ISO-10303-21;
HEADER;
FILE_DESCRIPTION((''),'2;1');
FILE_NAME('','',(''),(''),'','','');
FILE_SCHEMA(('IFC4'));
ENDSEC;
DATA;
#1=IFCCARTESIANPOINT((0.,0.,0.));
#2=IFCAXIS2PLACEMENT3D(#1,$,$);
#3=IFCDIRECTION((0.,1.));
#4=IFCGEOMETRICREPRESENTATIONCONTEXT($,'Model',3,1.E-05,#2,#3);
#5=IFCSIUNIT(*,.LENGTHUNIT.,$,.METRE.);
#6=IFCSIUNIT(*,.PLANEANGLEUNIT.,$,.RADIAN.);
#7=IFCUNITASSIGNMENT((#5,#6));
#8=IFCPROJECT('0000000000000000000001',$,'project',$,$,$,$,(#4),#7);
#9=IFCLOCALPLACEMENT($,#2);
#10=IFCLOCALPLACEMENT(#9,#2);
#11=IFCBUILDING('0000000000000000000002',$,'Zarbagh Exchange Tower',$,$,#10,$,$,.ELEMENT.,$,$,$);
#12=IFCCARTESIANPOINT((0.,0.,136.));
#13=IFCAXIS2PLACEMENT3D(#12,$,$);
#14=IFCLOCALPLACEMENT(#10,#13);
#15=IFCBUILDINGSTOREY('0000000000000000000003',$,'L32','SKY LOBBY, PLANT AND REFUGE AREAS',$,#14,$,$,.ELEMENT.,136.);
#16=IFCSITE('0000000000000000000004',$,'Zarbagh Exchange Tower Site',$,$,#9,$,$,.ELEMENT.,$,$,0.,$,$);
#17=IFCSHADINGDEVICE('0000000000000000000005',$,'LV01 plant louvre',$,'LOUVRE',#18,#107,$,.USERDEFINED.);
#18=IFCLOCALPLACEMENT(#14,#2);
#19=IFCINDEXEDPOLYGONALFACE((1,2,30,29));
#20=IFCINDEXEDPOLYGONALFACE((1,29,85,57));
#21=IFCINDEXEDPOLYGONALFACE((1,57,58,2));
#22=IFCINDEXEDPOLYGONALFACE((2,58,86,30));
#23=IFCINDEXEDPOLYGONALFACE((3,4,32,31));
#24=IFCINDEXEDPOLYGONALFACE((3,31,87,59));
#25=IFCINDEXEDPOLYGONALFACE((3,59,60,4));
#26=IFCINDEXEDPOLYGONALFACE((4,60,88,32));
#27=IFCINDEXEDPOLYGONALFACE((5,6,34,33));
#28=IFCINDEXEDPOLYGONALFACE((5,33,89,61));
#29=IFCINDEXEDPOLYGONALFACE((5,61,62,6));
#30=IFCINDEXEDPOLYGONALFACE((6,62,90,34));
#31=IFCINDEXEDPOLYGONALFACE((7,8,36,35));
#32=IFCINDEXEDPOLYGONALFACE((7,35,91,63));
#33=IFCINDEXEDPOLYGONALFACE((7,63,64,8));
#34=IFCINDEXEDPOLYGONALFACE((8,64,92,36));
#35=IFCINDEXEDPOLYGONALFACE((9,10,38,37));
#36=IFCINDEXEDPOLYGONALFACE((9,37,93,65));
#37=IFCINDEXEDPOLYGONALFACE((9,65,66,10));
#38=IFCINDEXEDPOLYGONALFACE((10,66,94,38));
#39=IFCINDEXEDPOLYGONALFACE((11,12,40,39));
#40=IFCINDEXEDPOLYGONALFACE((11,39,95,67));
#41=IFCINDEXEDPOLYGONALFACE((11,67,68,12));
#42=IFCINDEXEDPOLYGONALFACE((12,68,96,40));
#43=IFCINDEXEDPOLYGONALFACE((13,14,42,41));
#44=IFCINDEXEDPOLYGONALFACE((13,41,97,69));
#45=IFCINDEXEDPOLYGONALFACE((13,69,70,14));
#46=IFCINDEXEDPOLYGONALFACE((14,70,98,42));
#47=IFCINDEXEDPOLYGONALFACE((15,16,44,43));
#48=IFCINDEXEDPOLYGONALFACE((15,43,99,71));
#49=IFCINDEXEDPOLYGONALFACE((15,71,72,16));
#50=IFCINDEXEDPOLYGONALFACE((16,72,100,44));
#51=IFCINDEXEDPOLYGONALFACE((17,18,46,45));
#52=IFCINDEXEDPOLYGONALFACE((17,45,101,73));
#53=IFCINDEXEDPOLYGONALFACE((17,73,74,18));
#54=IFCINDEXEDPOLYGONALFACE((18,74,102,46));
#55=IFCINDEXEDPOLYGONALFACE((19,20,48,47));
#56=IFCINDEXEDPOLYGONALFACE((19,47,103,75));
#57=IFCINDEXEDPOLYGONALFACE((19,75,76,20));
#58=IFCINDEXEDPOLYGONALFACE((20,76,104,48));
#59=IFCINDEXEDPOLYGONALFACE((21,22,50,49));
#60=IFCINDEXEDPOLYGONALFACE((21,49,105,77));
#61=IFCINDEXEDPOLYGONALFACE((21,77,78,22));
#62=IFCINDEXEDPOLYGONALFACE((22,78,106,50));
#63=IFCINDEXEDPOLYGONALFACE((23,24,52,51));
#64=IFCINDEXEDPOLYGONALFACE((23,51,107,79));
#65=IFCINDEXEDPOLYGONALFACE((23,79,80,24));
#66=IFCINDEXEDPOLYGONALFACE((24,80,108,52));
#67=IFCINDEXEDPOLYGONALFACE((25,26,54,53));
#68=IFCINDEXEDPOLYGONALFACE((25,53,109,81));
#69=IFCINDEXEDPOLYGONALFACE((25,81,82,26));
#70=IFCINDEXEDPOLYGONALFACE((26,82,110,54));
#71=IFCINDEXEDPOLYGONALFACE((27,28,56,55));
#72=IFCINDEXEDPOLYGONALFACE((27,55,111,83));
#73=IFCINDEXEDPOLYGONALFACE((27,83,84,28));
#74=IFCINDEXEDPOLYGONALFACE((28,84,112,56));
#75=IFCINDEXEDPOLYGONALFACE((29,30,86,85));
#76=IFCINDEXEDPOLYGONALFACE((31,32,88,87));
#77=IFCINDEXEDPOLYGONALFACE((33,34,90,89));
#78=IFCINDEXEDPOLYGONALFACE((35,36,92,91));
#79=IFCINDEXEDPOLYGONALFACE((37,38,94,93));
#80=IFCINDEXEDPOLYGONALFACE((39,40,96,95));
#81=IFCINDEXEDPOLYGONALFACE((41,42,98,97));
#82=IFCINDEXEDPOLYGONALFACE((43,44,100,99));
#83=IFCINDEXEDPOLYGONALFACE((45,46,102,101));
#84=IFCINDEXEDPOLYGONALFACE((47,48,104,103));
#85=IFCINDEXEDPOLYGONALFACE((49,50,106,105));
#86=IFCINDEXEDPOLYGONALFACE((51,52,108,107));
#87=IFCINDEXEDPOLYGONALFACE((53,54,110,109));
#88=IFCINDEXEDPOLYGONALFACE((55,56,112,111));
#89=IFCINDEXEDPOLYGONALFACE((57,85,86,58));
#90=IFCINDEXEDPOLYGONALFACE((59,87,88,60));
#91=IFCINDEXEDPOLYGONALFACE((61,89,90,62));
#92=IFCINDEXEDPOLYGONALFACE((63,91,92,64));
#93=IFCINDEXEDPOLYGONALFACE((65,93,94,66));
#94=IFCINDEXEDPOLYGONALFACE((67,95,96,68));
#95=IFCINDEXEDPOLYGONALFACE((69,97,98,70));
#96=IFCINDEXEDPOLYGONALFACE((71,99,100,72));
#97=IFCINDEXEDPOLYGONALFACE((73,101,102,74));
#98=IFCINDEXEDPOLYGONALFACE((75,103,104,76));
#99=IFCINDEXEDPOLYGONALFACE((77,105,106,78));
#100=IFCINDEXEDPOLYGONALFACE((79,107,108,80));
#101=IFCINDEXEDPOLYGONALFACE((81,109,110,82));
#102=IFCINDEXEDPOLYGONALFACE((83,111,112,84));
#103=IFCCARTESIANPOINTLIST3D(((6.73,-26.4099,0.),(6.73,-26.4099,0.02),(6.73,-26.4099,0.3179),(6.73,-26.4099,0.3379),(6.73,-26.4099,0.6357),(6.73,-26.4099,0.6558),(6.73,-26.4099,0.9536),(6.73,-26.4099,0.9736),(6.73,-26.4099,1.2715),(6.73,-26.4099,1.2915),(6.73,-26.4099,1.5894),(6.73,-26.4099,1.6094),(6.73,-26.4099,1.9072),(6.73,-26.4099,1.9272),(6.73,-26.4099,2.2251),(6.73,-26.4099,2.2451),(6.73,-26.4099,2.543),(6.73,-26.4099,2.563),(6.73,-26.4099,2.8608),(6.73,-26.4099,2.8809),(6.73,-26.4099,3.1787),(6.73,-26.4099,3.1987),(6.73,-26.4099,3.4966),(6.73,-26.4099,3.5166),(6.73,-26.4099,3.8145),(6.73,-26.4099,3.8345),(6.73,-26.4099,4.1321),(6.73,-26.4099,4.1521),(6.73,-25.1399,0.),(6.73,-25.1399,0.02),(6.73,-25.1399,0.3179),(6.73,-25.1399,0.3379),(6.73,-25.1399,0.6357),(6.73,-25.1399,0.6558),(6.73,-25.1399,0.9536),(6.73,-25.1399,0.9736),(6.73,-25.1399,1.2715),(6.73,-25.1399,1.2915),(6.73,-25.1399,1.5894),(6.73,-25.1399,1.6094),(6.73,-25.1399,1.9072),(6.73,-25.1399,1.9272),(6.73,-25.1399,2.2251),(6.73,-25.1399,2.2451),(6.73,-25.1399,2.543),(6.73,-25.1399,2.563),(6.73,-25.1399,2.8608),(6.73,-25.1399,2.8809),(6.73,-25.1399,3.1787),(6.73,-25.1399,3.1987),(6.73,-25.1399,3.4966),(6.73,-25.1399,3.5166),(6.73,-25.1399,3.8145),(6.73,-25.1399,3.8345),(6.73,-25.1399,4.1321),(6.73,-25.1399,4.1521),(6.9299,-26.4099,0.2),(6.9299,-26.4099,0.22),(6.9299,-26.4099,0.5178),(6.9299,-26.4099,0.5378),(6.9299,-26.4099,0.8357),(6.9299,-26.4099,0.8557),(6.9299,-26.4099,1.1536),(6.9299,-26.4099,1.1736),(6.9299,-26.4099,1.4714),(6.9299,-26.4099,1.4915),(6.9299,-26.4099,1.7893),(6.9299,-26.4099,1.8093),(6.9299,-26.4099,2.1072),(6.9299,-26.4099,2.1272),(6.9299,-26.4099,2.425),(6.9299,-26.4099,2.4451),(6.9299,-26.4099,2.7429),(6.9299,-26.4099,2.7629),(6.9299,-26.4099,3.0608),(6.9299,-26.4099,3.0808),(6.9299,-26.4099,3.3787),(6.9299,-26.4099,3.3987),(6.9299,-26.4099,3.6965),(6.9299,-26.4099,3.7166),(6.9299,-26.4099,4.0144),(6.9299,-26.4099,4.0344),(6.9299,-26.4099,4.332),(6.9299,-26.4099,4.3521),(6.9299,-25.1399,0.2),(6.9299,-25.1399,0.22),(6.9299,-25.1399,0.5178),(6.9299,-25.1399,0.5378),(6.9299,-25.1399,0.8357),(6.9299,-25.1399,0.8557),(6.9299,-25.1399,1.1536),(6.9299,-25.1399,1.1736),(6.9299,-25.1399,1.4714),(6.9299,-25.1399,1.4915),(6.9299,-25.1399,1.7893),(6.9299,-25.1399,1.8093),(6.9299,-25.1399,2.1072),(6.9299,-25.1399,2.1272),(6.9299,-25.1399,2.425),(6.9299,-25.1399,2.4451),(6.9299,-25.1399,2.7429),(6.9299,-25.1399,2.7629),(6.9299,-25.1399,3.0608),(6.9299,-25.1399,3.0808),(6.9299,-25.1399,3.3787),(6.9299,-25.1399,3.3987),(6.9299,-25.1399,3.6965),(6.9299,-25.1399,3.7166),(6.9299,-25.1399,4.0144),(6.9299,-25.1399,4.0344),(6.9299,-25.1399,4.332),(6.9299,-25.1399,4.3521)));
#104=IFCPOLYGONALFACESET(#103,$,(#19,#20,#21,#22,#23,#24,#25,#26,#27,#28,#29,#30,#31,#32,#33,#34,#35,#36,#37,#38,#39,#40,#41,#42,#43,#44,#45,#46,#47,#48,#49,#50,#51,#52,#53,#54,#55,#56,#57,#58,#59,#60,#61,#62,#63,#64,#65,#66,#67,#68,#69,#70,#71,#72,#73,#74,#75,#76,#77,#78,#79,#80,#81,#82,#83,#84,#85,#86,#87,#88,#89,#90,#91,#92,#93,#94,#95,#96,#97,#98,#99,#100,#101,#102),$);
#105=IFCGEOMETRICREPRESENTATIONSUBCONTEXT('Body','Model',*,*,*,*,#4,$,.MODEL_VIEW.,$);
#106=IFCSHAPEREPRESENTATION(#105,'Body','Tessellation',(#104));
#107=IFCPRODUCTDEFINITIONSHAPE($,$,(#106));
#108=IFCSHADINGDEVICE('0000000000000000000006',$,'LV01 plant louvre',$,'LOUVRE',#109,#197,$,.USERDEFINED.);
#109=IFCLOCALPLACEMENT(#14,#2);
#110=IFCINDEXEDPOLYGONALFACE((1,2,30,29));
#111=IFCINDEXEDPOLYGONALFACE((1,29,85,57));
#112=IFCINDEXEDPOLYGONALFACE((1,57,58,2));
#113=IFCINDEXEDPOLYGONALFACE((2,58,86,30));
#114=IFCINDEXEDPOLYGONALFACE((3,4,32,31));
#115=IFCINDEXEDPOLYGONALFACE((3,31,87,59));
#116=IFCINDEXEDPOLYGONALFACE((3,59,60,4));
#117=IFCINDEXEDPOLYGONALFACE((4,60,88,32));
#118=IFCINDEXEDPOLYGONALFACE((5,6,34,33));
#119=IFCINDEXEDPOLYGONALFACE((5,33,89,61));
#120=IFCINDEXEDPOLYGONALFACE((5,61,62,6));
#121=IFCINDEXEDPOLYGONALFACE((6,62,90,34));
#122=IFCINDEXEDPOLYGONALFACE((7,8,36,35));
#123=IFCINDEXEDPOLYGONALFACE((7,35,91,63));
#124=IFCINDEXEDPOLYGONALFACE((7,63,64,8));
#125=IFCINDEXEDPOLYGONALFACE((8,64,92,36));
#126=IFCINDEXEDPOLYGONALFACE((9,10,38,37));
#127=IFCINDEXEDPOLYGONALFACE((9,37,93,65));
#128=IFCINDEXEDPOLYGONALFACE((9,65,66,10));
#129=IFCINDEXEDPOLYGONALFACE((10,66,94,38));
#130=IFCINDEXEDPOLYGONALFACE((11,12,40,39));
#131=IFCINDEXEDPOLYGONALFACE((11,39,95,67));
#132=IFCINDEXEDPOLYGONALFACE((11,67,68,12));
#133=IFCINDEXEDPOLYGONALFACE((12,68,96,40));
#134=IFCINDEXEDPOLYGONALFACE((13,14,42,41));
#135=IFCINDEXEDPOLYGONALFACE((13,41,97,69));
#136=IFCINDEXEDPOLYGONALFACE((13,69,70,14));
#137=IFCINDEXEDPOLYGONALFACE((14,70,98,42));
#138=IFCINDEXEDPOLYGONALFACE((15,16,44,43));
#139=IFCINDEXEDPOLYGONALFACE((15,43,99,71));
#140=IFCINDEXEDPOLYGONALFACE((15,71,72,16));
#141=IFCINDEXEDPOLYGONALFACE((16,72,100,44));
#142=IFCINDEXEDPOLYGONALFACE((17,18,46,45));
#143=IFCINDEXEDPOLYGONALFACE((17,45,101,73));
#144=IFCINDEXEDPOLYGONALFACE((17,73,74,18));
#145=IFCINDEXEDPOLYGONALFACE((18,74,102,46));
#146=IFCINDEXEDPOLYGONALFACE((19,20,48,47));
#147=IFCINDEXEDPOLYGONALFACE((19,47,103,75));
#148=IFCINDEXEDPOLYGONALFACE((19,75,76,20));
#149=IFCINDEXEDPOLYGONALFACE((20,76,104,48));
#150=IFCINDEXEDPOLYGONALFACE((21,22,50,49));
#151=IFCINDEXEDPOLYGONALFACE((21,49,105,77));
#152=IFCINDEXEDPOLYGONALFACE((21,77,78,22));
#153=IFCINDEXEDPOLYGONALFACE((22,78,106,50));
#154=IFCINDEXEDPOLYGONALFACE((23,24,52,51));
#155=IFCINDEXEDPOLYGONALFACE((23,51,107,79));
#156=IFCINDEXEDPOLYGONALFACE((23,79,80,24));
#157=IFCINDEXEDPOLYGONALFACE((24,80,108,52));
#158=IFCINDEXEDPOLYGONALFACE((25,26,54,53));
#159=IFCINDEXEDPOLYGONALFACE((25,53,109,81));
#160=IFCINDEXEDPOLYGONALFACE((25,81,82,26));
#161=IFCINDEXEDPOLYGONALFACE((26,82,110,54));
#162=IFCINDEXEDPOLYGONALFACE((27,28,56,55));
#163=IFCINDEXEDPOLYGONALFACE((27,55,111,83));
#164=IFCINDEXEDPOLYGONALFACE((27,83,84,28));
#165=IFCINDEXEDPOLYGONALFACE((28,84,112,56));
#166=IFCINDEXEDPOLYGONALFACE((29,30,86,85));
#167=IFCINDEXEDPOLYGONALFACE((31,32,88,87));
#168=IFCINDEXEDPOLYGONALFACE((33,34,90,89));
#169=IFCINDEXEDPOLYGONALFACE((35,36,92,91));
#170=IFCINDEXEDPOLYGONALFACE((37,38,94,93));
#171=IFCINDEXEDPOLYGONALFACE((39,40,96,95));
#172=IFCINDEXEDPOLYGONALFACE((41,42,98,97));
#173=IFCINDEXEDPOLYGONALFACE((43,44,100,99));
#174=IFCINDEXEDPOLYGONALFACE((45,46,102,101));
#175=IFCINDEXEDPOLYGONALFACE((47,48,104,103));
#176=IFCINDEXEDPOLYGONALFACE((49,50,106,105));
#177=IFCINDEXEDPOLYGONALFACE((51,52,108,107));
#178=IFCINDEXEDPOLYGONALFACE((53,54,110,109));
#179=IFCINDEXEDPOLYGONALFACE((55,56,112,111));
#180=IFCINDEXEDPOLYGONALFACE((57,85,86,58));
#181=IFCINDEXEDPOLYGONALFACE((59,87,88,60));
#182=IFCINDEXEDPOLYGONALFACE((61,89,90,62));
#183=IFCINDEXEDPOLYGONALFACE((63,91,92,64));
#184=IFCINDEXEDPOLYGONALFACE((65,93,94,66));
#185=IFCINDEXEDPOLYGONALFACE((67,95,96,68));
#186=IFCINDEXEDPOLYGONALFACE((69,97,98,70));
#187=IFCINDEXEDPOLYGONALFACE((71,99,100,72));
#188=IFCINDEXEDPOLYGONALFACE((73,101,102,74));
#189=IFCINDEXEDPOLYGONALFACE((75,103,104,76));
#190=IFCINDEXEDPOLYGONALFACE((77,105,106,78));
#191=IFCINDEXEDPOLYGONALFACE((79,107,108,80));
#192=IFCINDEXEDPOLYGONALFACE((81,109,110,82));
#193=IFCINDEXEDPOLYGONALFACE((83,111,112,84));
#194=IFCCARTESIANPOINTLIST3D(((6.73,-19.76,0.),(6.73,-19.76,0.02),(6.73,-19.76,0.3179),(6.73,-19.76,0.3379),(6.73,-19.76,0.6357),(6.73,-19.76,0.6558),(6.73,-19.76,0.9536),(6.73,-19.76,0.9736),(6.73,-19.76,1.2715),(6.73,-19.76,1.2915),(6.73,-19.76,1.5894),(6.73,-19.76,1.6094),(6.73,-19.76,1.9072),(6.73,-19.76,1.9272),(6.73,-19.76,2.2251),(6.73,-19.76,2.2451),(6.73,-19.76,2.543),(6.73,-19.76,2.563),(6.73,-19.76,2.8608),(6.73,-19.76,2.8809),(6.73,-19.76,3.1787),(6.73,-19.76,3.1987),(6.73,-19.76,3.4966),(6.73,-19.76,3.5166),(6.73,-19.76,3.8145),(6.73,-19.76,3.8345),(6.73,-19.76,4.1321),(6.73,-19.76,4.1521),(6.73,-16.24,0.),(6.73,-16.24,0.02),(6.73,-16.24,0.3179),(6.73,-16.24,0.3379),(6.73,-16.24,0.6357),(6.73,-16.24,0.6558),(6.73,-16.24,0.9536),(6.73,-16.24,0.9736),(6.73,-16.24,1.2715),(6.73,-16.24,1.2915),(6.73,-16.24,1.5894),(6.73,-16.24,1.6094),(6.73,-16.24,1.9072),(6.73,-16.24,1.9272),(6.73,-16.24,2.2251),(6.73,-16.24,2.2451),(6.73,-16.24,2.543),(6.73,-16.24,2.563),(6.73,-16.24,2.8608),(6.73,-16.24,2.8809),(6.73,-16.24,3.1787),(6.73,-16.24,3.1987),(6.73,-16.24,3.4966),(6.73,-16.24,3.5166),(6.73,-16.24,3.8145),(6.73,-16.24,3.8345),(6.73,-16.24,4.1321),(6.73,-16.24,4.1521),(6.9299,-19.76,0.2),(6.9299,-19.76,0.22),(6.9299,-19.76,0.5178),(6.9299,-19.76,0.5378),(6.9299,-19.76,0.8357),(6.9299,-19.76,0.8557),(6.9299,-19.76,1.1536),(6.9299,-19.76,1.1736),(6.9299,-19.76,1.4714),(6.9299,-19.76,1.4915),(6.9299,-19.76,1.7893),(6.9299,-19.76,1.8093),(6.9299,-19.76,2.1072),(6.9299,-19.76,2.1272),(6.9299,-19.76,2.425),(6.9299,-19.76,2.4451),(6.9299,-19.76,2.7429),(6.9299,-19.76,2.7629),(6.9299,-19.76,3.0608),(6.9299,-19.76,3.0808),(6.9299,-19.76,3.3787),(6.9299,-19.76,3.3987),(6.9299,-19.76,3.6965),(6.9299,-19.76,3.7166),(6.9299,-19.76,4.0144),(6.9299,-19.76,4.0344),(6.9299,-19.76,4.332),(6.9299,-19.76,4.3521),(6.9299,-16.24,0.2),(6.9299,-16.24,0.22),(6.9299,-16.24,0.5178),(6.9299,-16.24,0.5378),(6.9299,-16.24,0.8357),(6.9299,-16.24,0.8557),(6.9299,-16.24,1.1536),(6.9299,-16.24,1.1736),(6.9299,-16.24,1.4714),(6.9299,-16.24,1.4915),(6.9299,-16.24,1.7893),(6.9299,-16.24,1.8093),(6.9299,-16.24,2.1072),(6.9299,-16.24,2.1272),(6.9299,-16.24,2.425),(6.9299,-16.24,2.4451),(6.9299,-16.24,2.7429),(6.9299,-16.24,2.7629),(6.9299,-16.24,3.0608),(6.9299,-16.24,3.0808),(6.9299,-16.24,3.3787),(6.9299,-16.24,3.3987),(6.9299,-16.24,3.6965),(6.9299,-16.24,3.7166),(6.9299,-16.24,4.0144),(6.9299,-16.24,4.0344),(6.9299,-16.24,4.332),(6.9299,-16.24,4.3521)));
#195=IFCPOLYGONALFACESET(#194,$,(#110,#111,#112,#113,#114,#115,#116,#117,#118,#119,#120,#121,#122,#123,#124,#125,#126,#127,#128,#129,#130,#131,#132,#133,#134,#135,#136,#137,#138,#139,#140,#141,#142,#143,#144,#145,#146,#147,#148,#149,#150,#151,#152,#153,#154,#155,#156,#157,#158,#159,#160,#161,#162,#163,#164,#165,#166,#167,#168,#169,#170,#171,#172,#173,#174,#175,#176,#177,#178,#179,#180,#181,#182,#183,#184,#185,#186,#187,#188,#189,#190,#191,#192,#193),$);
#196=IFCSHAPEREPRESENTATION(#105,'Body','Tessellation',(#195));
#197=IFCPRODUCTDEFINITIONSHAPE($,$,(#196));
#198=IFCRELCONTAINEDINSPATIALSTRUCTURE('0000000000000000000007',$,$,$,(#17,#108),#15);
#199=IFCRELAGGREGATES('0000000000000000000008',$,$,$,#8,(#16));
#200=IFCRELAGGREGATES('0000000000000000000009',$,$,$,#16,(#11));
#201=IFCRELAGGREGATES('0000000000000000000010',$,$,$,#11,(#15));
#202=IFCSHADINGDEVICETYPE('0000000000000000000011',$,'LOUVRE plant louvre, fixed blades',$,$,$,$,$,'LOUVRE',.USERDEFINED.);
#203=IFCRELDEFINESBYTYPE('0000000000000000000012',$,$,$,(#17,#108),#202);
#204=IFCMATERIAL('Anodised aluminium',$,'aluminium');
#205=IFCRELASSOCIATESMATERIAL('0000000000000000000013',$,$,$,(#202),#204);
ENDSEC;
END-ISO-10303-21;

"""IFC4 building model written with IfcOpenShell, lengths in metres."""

from ifc_helpers import new_model, si_unit, direction, frame, origin, place, context, subcontext, project, spatial, polyline, outline, extrude, source, transform, mapped, material, type_object, element, save


model = new_model("IFC4")

# Units and contexts
model_context = context("Model", 3, precision=1e-05, world=origin(), true_north=direction((0.0, 1.0)))
body_context = subcontext(model_context, "Body", "Model", "MODEL_VIEW")
ifc_project = project(units=[si_unit("LENGTHUNIT", "METRE"), si_unit("PLANEANGLEUNIT", "RADIAN")], contexts=[model_context])

# Site, building, storey
site_placement = place(None, origin())
site = spatial("IfcSite", under=ifc_project, at=site_placement, Name="Zarbagh Exchange Tower Site", CompositionType="ELEMENT", RefElevation=0.0)
building_placement = place(site_placement, origin())
building = spatial("IfcBuilding", under=site, at=building_placement, Name="Zarbagh Exchange Tower", CompositionType="ELEMENT")
storey_placement = place(building_placement, frame((0.0, 0.0, 136.0)))
storey = spatial("IfcBuildingStorey", under=building, at=storey_placement, Name="L32", Description="SKY LOBBY, PLANT AND REFUGE AREAS", CompositionType="ELEMENT", Elevation=136.0)

# Shared definitions
placement = place(storey_placement, origin())

# Shading devices
ifc_material_1 = material(Name="Anodised aluminium", Category="aluminium")
shading_device_type = type_object("IfcShadingDeviceType", Name="LOUVRE plant louvre, fixed blades", ElementType="LOUVRE", PredefinedType="USERDEFINED", material=ifc_material_1)
shared_shape_1 = source(origin(), body_context, "Body", "SweptSolid", [
    extrude(outline(polyline([(0.0, 0.2), (0.2, 0.0), (0.2, -0.02), (0.0, 0.1799), (0.0, 0.2)])), origin(), (0.0, 0.0, 1.0), 1.27),
])
element("IfcShadingDevice", 1, at=placement, inside=storey, type_object=shading_device_type, Name="LV01 plant louvre", ObjectType="LOUVRE", PredefinedType="USERDEFINED", context=body_context, shape_type="MappedRepresentation", body=[
    mapped(shared_shape_1, transform((6.73, -26.4099, 0.2), x_axis=(1.0, 0.0, 0.0), y_axis=(0.0, 0.0, -1.0), z_axis=(0.0, 1.0, 0.0))),
    mapped(shared_shape_1, transform((6.73, -26.4099, 0.5178), x_axis=(1.0, 0.0, 0.0), y_axis=(0.0, 0.0, -1.0), z_axis=(0.0, 1.0, 0.0))),
    mapped(shared_shape_1, transform((6.73, -26.4099, 0.8357), x_axis=(1.0, 0.0, 0.0), y_axis=(0.0, 0.0, -1.0), z_axis=(0.0, 1.0, 0.0))),
    mapped(shared_shape_1, transform((6.73, -26.4099, 1.1536), x_axis=(1.0, 0.0, 0.0), y_axis=(0.0, 0.0, -1.0), z_axis=(0.0, 1.0, 0.0))),
    mapped(shared_shape_1, transform((6.73, -26.4099, 1.4714), x_axis=(1.0, 0.0, 0.0), y_axis=(0.0, 0.0, -1.0), z_axis=(0.0, 1.0, 0.0))),
    mapped(shared_shape_1, transform((6.73, -26.4099, 1.7893), x_axis=(1.0, 0.0, 0.0), y_axis=(0.0, 0.0, -1.0), z_axis=(0.0, 1.0, 0.0))),
    mapped(shared_shape_1, transform((6.73, -26.4099, 2.1072), x_axis=(1.0, 0.0, 0.0), y_axis=(0.0, 0.0, -1.0), z_axis=(0.0, 1.0, 0.0))),
    mapped(shared_shape_1, transform((6.73, -26.4099, 2.425), x_axis=(1.0, 0.0, 0.0), y_axis=(0.0, 0.0, -1.0), z_axis=(0.0, 1.0, 0.0))),
    mapped(shared_shape_1, transform((6.73, -26.4099, 2.7429), x_axis=(1.0, 0.0, 0.0), y_axis=(0.0, 0.0, -1.0), z_axis=(0.0, 1.0, 0.0))),
    mapped(shared_shape_1, transform((6.73, -26.4099, 3.0608), x_axis=(1.0, 0.0, 0.0), y_axis=(0.0, 0.0, -1.0), z_axis=(0.0, 1.0, 0.0))),
    mapped(shared_shape_1, transform((6.73, -26.4099, 3.3787), x_axis=(1.0, 0.0, 0.0), y_axis=(0.0, 0.0, -1.0), z_axis=(0.0, 1.0, 0.0))),
    mapped(shared_shape_1, transform((6.73, -26.4099, 3.6965), x_axis=(1.0, 0.0, 0.0), y_axis=(0.0, 0.0, -1.0), z_axis=(0.0, 1.0, 0.0))),
    mapped(shared_shape_1, transform((6.73, -26.4099, 4.0144), x_axis=(1.0, 0.0, 0.0), y_axis=(0.0, 0.0, -1.0), z_axis=(0.0, 1.0, 0.0))),
    mapped(shared_shape_1, transform((6.73, -26.4099, 4.332), x_axis=(1.0, 0.0, 0.0), y_axis=(0.0, 0.0, -1.0), z_axis=(0.0, 1.0, 0.0))),
])
shared_shape_2 = source(origin(), body_context, "Body", "SweptSolid", [
    extrude(outline(polyline([(0.0, 0.2), (0.2, 0.0), (0.2, -0.02), (0.0, 0.1799), (0.0, 0.2)])), origin(), (0.0, 0.0, 1.0), 3.52),
])
element("IfcShadingDevice", 2, at=placement, inside=storey, type_object=shading_device_type, Name="LV01 plant louvre", ObjectType="LOUVRE", PredefinedType="USERDEFINED", context=body_context, shape_type="MappedRepresentation", body=[
    mapped(shared_shape_2, transform((6.73, -19.76, 0.2), x_axis=(1.0, 0.0, 0.0), y_axis=(0.0, 0.0, -1.0), z_axis=(0.0, 1.0, 0.0))),
    mapped(shared_shape_2, transform((6.73, -19.76, 0.5178), x_axis=(1.0, 0.0, 0.0), y_axis=(0.0, 0.0, -1.0), z_axis=(0.0, 1.0, 0.0))),
    mapped(shared_shape_2, transform((6.73, -19.76, 0.8357), x_axis=(1.0, 0.0, 0.0), y_axis=(0.0, 0.0, -1.0), z_axis=(0.0, 1.0, 0.0))),
    mapped(shared_shape_2, transform((6.73, -19.76, 1.1536), x_axis=(1.0, 0.0, 0.0), y_axis=(0.0, 0.0, -1.0), z_axis=(0.0, 1.0, 0.0))),
    mapped(shared_shape_2, transform((6.73, -19.76, 1.4714), x_axis=(1.0, 0.0, 0.0), y_axis=(0.0, 0.0, -1.0), z_axis=(0.0, 1.0, 0.0))),
    mapped(shared_shape_2, transform((6.73, -19.76, 1.7893), x_axis=(1.0, 0.0, 0.0), y_axis=(0.0, 0.0, -1.0), z_axis=(0.0, 1.0, 0.0))),
    mapped(shared_shape_2, transform((6.73, -19.76, 2.1072), x_axis=(1.0, 0.0, 0.0), y_axis=(0.0, 0.0, -1.0), z_axis=(0.0, 1.0, 0.0))),
    mapped(shared_shape_2, transform((6.73, -19.76, 2.425), x_axis=(1.0, 0.0, 0.0), y_axis=(0.0, 0.0, -1.0), z_axis=(0.0, 1.0, 0.0))),
    mapped(shared_shape_2, transform((6.73, -19.76, 2.7429), x_axis=(1.0, 0.0, 0.0), y_axis=(0.0, 0.0, -1.0), z_axis=(0.0, 1.0, 0.0))),
    mapped(shared_shape_2, transform((6.73, -19.76, 3.0608), x_axis=(1.0, 0.0, 0.0), y_axis=(0.0, 0.0, -1.0), z_axis=(0.0, 1.0, 0.0))),
    mapped(shared_shape_2, transform((6.73, -19.76, 3.3787), x_axis=(1.0, 0.0, 0.0), y_axis=(0.0, 0.0, -1.0), z_axis=(0.0, 1.0, 0.0))),
    mapped(shared_shape_2, transform((6.73, -19.76, 3.6965), x_axis=(1.0, 0.0, 0.0), y_axis=(0.0, 0.0, -1.0), z_axis=(0.0, 1.0, 0.0))),
    mapped(shared_shape_2, transform((6.73, -19.76, 4.0144), x_axis=(1.0, 0.0, 0.0), y_axis=(0.0, 0.0, -1.0), z_axis=(0.0, 1.0, 0.0))),
    mapped(shared_shape_2, transform((6.73, -19.76, 4.332), x_axis=(1.0, 0.0, 0.0), y_axis=(0.0, 0.0, -1.0), z_axis=(0.0, 1.0, 0.0))),
])

save(model, "model.ifc")
